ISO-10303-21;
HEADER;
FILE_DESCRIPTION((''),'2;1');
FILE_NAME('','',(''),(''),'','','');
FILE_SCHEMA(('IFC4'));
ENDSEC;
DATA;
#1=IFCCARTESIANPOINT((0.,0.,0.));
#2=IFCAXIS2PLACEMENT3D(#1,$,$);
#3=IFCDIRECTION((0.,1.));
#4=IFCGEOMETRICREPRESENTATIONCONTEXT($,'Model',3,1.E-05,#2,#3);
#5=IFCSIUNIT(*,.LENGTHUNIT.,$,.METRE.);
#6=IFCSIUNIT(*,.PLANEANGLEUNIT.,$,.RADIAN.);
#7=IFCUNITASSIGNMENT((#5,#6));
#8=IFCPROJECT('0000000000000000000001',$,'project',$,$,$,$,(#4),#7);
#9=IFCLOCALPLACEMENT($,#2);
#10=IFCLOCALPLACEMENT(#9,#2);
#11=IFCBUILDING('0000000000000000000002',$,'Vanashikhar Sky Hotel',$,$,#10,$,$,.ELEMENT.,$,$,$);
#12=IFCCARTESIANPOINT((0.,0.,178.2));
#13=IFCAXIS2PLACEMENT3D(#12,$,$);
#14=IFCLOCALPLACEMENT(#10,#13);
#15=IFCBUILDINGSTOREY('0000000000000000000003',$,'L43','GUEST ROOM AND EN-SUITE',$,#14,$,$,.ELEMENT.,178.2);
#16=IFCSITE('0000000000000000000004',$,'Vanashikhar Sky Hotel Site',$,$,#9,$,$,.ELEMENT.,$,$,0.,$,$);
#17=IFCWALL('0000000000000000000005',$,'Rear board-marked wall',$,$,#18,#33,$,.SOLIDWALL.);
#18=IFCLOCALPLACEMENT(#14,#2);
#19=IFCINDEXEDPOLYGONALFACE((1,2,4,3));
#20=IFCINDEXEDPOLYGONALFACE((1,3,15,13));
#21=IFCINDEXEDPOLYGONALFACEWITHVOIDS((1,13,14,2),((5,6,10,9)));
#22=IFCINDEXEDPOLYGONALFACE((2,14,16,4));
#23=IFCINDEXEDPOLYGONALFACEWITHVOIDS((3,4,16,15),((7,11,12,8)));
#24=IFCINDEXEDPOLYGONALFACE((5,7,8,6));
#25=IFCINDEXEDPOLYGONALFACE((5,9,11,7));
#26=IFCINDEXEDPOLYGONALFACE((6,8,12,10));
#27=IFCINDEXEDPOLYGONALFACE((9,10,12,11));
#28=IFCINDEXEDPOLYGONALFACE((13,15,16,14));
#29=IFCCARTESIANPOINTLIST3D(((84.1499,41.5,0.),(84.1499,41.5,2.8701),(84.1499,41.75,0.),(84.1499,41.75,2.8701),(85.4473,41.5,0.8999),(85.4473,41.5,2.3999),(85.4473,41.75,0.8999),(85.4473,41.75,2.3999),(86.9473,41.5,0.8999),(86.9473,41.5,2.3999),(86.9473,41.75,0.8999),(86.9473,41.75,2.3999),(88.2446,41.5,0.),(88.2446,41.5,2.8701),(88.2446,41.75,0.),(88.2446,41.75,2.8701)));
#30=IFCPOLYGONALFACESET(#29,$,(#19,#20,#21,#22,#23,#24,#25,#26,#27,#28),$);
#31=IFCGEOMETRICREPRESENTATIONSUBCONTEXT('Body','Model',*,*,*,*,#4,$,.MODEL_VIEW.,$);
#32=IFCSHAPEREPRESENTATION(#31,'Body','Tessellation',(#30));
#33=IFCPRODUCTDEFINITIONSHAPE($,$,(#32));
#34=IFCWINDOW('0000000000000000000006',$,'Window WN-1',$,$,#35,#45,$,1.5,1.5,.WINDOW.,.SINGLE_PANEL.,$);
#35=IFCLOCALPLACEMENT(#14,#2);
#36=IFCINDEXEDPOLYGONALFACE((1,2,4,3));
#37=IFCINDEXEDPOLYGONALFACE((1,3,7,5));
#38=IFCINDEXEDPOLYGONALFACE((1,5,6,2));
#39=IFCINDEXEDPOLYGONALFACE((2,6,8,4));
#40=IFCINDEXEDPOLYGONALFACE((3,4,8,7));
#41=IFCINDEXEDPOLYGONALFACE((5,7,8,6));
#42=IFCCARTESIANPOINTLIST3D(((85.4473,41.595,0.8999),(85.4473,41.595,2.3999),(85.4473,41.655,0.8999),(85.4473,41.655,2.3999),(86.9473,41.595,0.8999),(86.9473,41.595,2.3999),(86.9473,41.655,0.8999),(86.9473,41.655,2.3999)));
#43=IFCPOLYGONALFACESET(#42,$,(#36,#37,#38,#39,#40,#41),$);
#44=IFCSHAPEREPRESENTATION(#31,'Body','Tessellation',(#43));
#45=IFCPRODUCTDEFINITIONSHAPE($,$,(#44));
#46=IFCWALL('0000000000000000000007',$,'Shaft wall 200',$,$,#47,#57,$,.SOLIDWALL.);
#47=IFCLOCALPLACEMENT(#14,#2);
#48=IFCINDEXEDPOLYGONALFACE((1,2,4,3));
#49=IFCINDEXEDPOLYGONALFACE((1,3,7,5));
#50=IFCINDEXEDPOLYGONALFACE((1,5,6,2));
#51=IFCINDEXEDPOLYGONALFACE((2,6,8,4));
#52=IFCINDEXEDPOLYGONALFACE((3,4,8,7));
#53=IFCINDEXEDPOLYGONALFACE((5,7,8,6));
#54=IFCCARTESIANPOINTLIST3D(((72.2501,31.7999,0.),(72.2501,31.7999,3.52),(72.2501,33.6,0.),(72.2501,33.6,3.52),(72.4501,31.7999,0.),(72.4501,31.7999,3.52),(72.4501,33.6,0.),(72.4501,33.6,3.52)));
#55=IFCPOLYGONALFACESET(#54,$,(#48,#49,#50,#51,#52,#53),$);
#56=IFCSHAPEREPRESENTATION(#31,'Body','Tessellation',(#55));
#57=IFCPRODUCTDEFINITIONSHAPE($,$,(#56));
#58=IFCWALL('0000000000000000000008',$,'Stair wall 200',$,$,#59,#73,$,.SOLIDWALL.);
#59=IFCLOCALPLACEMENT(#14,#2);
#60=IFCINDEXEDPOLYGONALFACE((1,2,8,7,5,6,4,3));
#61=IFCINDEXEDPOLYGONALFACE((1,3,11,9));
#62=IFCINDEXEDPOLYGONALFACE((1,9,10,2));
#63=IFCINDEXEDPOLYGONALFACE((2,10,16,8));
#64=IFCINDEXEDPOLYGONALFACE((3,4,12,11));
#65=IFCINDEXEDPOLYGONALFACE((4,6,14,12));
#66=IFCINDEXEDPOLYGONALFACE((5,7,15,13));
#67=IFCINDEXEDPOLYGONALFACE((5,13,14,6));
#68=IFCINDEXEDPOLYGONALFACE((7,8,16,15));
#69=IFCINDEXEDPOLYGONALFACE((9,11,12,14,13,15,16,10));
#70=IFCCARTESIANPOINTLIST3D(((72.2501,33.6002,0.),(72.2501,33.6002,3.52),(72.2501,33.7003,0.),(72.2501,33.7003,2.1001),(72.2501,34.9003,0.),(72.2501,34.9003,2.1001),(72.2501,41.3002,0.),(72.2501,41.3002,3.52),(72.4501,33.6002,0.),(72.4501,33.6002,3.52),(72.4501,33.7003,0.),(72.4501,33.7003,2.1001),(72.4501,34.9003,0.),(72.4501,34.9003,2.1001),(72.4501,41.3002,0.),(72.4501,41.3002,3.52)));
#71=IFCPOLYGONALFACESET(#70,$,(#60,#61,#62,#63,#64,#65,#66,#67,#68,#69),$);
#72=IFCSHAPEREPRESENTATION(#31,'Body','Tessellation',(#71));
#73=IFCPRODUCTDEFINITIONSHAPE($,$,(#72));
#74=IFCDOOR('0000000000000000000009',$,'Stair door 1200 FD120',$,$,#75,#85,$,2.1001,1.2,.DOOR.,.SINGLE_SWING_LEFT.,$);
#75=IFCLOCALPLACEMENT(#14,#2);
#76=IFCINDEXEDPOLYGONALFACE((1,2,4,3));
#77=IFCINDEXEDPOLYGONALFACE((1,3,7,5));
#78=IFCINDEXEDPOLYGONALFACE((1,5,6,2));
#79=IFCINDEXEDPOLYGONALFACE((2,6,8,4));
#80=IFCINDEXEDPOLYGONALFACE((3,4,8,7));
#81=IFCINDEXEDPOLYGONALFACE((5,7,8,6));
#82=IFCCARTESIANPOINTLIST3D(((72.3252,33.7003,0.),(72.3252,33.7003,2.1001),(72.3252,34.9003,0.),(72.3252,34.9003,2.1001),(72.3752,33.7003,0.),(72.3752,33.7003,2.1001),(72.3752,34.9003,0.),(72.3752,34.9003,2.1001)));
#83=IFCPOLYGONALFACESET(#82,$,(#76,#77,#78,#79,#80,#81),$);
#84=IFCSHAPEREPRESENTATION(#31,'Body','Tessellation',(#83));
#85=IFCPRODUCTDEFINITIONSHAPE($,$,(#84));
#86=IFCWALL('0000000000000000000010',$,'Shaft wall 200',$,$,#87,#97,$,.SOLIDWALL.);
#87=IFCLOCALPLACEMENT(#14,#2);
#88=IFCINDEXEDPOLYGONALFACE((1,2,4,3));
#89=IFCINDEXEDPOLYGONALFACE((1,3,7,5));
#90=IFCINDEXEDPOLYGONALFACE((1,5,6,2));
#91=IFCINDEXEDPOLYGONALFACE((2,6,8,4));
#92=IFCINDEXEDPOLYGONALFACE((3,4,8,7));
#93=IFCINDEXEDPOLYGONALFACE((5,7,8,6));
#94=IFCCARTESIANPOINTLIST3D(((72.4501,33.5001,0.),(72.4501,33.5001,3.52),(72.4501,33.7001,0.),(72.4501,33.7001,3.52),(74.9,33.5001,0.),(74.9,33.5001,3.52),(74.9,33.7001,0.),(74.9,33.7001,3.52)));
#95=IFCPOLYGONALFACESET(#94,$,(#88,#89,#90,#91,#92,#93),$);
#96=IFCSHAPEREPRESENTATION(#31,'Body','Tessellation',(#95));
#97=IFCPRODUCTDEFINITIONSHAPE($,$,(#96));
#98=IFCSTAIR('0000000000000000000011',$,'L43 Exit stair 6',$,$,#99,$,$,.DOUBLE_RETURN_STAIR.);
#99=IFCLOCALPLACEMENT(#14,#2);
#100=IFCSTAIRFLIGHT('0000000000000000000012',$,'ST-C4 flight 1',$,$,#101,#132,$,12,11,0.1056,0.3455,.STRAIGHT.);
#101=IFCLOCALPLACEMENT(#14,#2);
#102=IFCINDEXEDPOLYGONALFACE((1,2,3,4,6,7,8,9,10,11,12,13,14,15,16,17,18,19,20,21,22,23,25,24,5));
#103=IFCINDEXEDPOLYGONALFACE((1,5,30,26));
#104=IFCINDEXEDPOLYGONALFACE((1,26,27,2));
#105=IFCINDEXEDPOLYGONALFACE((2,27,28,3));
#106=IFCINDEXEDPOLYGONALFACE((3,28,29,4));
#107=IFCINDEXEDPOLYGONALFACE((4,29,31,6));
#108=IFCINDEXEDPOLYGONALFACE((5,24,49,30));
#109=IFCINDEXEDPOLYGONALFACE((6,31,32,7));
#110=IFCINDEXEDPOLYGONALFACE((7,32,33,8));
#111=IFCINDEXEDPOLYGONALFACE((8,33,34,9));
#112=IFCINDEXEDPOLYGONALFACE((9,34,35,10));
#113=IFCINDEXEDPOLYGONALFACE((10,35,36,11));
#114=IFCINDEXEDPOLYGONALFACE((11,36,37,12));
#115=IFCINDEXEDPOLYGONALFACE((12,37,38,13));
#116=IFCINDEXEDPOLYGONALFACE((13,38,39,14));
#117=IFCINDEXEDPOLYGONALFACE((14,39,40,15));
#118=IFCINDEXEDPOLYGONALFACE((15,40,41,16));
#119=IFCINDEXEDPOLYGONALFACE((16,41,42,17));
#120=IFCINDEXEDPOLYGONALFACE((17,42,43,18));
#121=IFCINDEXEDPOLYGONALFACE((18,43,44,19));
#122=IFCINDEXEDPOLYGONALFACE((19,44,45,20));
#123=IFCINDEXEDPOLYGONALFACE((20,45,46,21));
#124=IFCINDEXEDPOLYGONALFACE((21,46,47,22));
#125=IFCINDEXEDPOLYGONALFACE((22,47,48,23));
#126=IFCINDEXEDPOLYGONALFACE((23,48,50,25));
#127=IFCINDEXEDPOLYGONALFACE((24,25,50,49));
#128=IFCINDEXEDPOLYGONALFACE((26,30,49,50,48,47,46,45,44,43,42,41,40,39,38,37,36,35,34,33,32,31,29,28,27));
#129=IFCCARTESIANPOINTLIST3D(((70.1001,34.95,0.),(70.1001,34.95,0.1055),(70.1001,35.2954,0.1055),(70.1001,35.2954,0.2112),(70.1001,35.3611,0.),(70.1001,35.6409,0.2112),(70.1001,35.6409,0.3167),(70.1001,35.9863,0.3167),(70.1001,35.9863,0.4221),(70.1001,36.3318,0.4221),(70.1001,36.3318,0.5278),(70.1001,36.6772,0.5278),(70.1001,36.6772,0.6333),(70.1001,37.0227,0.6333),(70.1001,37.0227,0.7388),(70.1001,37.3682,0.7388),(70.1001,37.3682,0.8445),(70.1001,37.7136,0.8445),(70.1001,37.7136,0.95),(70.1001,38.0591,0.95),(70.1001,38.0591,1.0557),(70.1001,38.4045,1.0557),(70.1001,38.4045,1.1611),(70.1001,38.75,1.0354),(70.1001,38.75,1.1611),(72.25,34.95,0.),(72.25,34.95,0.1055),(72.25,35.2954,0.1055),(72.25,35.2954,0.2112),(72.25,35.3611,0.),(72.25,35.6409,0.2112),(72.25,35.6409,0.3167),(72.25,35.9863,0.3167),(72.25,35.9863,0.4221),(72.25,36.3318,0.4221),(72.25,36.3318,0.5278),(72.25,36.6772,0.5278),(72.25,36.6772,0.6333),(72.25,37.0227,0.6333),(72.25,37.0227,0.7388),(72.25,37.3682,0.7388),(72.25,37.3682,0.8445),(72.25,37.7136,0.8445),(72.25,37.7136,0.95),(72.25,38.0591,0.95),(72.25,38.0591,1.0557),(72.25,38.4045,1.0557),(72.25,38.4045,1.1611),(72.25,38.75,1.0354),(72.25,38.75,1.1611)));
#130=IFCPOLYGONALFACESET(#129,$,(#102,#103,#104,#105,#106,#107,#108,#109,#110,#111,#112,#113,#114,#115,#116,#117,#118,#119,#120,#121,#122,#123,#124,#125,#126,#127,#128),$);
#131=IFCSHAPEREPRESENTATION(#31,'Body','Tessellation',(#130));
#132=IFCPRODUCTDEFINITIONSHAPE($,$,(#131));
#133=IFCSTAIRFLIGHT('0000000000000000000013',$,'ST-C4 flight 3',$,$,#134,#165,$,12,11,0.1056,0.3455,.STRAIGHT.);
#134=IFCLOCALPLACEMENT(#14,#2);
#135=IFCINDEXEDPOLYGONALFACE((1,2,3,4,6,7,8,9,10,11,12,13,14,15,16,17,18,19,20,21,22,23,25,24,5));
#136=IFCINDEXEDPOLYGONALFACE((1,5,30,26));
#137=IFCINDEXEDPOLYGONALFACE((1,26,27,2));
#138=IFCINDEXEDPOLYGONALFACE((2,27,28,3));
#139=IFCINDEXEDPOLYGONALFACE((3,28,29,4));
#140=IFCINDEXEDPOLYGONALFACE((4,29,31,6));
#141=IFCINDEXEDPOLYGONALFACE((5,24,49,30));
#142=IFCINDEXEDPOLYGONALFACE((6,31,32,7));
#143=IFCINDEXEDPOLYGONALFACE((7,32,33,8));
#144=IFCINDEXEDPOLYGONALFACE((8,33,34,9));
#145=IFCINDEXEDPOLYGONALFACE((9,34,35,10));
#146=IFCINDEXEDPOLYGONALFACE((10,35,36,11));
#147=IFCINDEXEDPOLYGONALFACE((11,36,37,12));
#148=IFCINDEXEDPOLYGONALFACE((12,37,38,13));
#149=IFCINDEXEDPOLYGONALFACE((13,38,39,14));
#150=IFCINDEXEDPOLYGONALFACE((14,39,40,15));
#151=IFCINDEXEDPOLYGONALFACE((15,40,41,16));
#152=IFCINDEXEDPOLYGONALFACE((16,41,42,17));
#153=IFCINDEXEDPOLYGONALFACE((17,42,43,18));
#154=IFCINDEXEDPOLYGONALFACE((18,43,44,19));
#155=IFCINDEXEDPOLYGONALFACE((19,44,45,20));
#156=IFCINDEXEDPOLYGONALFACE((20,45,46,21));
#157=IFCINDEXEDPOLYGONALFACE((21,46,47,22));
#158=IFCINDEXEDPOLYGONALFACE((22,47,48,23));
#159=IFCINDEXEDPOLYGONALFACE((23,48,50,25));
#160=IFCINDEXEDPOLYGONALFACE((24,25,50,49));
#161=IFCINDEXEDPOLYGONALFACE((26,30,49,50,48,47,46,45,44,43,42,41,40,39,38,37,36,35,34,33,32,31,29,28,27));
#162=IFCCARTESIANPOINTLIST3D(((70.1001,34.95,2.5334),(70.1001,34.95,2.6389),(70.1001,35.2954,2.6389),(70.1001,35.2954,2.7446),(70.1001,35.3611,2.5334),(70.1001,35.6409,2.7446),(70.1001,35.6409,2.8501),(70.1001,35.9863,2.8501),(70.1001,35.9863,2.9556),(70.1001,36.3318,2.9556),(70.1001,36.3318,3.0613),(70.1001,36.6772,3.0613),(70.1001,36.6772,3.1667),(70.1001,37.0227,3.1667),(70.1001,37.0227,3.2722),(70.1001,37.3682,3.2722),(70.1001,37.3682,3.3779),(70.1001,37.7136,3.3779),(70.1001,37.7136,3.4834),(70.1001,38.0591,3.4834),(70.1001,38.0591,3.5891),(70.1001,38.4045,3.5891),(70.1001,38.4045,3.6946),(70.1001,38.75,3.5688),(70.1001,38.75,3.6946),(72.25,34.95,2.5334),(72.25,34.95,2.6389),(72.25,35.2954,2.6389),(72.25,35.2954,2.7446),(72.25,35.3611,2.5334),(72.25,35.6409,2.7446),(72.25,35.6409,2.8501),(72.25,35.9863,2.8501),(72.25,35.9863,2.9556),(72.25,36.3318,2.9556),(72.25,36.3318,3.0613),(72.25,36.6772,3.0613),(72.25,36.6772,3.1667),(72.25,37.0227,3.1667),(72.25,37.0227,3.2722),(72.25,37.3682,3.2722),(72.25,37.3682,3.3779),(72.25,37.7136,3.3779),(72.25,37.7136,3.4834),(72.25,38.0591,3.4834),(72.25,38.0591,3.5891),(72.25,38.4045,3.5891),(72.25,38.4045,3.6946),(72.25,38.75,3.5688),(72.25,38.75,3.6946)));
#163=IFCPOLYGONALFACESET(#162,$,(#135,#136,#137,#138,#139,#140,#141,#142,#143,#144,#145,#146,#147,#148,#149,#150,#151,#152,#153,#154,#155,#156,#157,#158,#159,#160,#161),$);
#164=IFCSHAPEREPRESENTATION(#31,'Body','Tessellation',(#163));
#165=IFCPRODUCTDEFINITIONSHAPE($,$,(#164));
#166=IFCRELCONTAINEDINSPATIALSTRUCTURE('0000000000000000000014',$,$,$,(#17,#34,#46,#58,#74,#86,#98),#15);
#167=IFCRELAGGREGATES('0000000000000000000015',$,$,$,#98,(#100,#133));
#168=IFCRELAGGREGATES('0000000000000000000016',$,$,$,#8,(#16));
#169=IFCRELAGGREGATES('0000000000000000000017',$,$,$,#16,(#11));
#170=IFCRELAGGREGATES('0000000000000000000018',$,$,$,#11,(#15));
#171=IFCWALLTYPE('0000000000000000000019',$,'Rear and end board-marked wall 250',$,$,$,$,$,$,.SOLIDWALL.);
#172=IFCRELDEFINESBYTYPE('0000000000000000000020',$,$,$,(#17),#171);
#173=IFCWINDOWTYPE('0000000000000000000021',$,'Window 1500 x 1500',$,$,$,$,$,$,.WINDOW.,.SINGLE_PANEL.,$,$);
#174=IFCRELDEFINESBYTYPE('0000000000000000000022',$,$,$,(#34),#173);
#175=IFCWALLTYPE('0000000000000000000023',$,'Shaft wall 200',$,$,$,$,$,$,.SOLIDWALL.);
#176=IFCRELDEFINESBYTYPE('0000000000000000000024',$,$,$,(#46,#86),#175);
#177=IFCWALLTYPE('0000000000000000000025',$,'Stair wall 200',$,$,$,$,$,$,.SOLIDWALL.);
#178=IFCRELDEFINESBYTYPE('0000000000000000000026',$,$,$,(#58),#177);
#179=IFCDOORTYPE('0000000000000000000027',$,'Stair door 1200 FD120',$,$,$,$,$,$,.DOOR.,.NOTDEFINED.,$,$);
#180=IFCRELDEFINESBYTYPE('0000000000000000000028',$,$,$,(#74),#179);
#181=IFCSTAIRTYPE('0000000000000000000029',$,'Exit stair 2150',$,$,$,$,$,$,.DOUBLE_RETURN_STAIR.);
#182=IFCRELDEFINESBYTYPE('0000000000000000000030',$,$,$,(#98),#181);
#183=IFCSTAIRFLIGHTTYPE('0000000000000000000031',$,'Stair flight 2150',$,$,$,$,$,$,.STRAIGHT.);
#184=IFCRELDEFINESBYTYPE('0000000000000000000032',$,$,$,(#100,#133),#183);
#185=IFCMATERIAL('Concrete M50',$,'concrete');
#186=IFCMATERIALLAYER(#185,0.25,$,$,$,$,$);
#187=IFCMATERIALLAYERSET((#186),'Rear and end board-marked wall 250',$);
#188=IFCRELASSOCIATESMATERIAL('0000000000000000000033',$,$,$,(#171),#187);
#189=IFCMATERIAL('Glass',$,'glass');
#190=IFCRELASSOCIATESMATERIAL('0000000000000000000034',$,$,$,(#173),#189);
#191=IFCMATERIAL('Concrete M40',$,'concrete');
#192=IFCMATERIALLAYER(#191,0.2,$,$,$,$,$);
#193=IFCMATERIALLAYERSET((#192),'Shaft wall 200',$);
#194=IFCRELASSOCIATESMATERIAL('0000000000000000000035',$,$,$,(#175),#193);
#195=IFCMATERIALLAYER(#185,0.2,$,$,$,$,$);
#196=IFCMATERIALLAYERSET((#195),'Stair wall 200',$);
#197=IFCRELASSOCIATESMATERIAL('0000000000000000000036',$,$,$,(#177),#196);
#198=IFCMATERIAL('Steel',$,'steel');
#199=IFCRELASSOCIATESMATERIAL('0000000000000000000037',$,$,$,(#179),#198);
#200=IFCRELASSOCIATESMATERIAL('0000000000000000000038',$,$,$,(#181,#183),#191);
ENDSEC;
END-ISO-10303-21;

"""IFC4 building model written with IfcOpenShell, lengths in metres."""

from ifc_helpers import new_model, si_unit, direction, frame, frame_2d, origin, place, context, subcontext, project, spatial, polyline, rectangle, outline, extrude, source, transform, mapped, material, layer, layer_set, type_object, element, fill, aggregate, save


model = new_model("IFC4")

# Units and contexts
model_context = context("Model", 3, precision=1e-05, world=origin(), true_north=direction((0.0, 1.0)))
body_context = subcontext(model_context, "Body", "Model", "MODEL_VIEW")
ifc_project = project(units=[si_unit("LENGTHUNIT", "METRE"), si_unit("PLANEANGLEUNIT", "RADIAN")], contexts=[model_context])

# Site, building, storey
site_placement = place(None, origin())
site = spatial("IfcSite", under=ifc_project, at=site_placement, Name="Vanashikhar Sky Hotel Site", CompositionType="ELEMENT", RefElevation=0.0)
building_placement = place(site_placement, origin())
building = spatial("IfcBuilding", under=site, at=building_placement, Name="Vanashikhar Sky Hotel", CompositionType="ELEMENT")
storey_placement = place(building_placement, frame((0.0, 0.0, 178.2)))
storey = spatial("IfcBuildingStorey", under=building, at=storey_placement, Name="L43", Description="GUEST ROOM AND EN-SUITE", CompositionType="ELEMENT", Elevation=178.2)

# Shared definitions
ifc_material_1 = material(Name="Concrete M50", Category="concrete")
ifc_material_2 = material(Name="Glass", Category="glass")

# Shared definitions
ifc_layer_1 = layer(ifc_material_1, 0.25)
ifc_layer_set_1 = layer_set([ifc_layer_1], Name="Rear and end board-marked wall 250")
wall_type_1 = type_object("IfcWallType", Name="Rear and end board-marked wall 250", PredefinedType="SOLIDWALL", material=ifc_layer_set_1)

# Wall, opening, window
shared_shape_1 = source(origin(), body_context, "Body", "SweptSolid", [
    extrude(rectangle(XDim=4.0947, YDim=0.25, at=frame_2d((2.0474, 0.0))), origin(), (0.0, 0.0, 1.0), 2.8701),
])
wall_1_placement = place(storey_placement, frame((88.2446, 41.625, 0.0), z_axis=(0.0, 0.0, 1.0), x_axis=(-1.0, 0.0, 0.0)))
wall_1 = element("IfcWall", 1, at=wall_1_placement, inside=storey, type_object=wall_type_1, Name="Rear board-marked wall", PredefinedType="SOLIDWALL", context=body_context, shape_type="MappedRepresentation", body=[
    mapped(shared_shape_1, transform((0.0, 0.0, 0.0), scale=1.0)),
])
shared_shape_2 = source(origin(), body_context, "Body", "SweptSolid", [
    extrude(rectangle(XDim=1.5, YDim=1.5, at=frame_2d((0.75, 0.75))), frame((0.0, 0.135, 0.0), z_axis=(0.0, -1.0, 0.0), x_axis=(1.0, 0.0, 0.0)), (0.0, 0.0, 1.0), 0.27),
])
opening_1_placement = place(wall_1_placement, frame((1.2974, 0.0, 0.8999)))
opening_1 = element("IfcOpeningElement", 2, at=opening_1_placement, cuts=wall_1, PredefinedType="OPENING", context=body_context, shape_type="MappedRepresentation", body=[
    mapped(shared_shape_2, transform((0.0, 0.0, 0.0), scale=1.0)),
])
window_type_1 = type_object("IfcWindowType", Name="Window 1500 x 1500", PartitioningType="SINGLE_PANEL", PredefinedType="WINDOW", material=ifc_material_2)
shared_shape_3 = source(origin(), body_context, "Body", "SweptSolid", [
    extrude(rectangle(XDim=1.5, YDim=1.5, at=frame_2d((0.75, 0.75))), frame((0.0, 0.03, 0.0), z_axis=(0.0, -1.0, 0.0), x_axis=(1.0, 0.0, 0.0)), (0.0, 0.0, 1.0), 0.0601),
])
window_1_placement = place(opening_1_placement, origin())
window_1 = element("IfcWindow", 3, at=window_1_placement, inside=storey, type_object=window_type_1, Name="Window WN-1", OverallHeight=1.5, OverallWidth=1.5, PartitioningType="SINGLE_PANEL", PredefinedType="WINDOW", context=body_context, shape_type="MappedRepresentation", body=[
    mapped(shared_shape_3, transform((0.0, 0.0, 0.0), scale=1.0)),
])
fill(opening_1, window_1)

# Wall
ifc_material_3 = material(Name="Concrete M40", Category="concrete")
ifc_layer_2 = layer(ifc_material_3, 0.2)
ifc_layer_set_2 = layer_set([ifc_layer_2], Name="Shaft wall 200")
wall_type_2 = type_object("IfcWallType", Name="Shaft wall 200", PredefinedType="SOLIDWALL", material=ifc_layer_set_2)
shared_shape_4 = source(origin(), body_context, "Body", "SweptSolid", [
    extrude(rectangle(XDim=1.8, YDim=0.2, at=frame_2d((0.8999, 0.0))), origin(), (0.0, 0.0, 1.0), 3.52),
])
wall_2_placement = place(storey_placement, frame((72.3501, 31.8, 0.0), z_axis=(0.0, 0.0, 1.0), x_axis=(0.0, 1.0, 0.0)))
element("IfcWall", 4, at=wall_2_placement, inside=storey, type_object=wall_type_2, Name="Shaft wall 200", PredefinedType="SOLIDWALL", context=body_context, shape_type="MappedRepresentation", body=[
    mapped(shared_shape_4, transform((0.0, 0.0, 0.0), scale=1.0)),
])

# Wall, opening, door
ifc_layer_3 = layer(ifc_material_1, 0.2)
ifc_layer_set_3 = layer_set([ifc_layer_3], Name="Stair wall 200")
wall_type_3 = type_object("IfcWallType", Name="Stair wall 200", PredefinedType="SOLIDWALL", material=ifc_layer_set_3)
shared_shape_5 = source(origin(), body_context, "Body", "SweptSolid", [
    extrude(rectangle(XDim=7.7, YDim=0.2, at=frame_2d((3.8501, 0.0))), origin(), (0.0, 0.0, 1.0), 3.52),
])
wall_3_placement = place(storey_placement, frame((72.3501, 33.6001, 0.0), z_axis=(0.0, 0.0, 1.0), x_axis=(0.0, 1.0, 0.0)))
wall_3 = element("IfcWall", 5, at=wall_3_placement, inside=storey, type_object=wall_type_3, Name="Stair wall 200", PredefinedType="SOLIDWALL", context=body_context, shape_type="MappedRepresentation", body=[
    mapped(shared_shape_5, transform((0.0, 0.0, 0.0), scale=1.0)),
])
shared_shape_6 = source(origin(), body_context, "Body", "SweptSolid", [
    extrude(rectangle(XDim=1.2, YDim=2.1001, at=frame_2d((0.6001, 1.05))), frame((0.0, 0.1099, 0.0), z_axis=(0.0, -1.0, 0.0), x_axis=(1.0, 0.0, 0.0)), (0.0, 0.0, 1.0), 0.22),
])
opening_2_placement = place(wall_3_placement, frame((0.1001, 0.0, 0.0)))
opening_2 = element("IfcOpeningElement", 6, at=opening_2_placement, cuts=wall_3, PredefinedType="OPENING", context=body_context, shape_type="MappedRepresentation", body=[
    mapped(shared_shape_6, transform((0.0, 0.0, 0.0), scale=1.0)),
])
ifc_material_4 = material(Name="Steel", Category="steel")
door_type = type_object("IfcDoorType", Name="Stair door 1200 FD120", OperationType="NOTDEFINED", PredefinedType="DOOR", material=ifc_material_4)
shared_shape_7 = source(origin(), body_context, "Body", "SweptSolid", [
    extrude(rectangle(XDim=1.2, YDim=2.1001, at=frame_2d((0.6001, 1.05))), frame((0.0, 0.0249, 0.0), z_axis=(0.0, -1.0, 0.0), x_axis=(1.0, 0.0, 0.0)), (0.0, 0.0, 1.0), 0.05),
])
door_placement = place(opening_2_placement, origin())
door = element("IfcDoor", 7, at=door_placement, inside=storey, type_object=door_type, Name="Stair door 1200 FD120", OperationType="SINGLE_SWING_LEFT", OverallHeight=2.1001, OverallWidth=1.2, PredefinedType="DOOR", context=body_context, shape_type="MappedRepresentation", body=[
    mapped(shared_shape_7, transform((0.0, 0.0, 0.0), scale=1.0)),
])
fill(opening_2, door)

# Wall
shared_shape_8 = source(origin(), body_context, "Body", "SweptSolid", [
    extrude(rectangle(XDim=2.45, YDim=0.2, at=frame_2d((1.2251, 0.0))), origin(), (0.0, 0.0, 1.0), 3.52),
])
wall_4_placement = place(storey_placement, frame((72.45, 33.6001, 0.0), z_axis=(0.0, 0.0, 1.0), x_axis=(1.0, 0.0, 0.0)))
element("IfcWall", 8, at=wall_4_placement, inside=storey, type_object=wall_type_2, Name="Shaft wall 200", PredefinedType="SOLIDWALL", context=body_context, shape_type="MappedRepresentation", body=[
    mapped(shared_shape_8, transform((0.0, 0.0, 0.0), scale=1.0)),
])

# Stair, stair flights
stair_type = type_object("IfcStairType", Name="Exit stair 2150", PredefinedType="DOUBLE_RETURN_STAIR", material=ifc_material_3)
stair_placement = place(storey_placement, origin())
stair = element("IfcStair", 9, at=stair_placement, inside=storey, type_object=stair_type, Name="L43 Exit stair 6", PredefinedType="DOUBLE_RETURN_STAIR")
stair_flight_type = type_object("IfcStairFlightType", Name="Stair flight 2150", PredefinedType="STRAIGHT", material=ifc_material_3)
shared_shape_9 = source(origin(), body_context, "Body", "SweptSolid", [
    extrude(outline(polyline([(0.0, 0.0), (0.0, 0.1055), (0.3455, 0.1055), (0.3455, 0.2112), (0.6909, 0.2112), (0.6909, 0.3167), (1.0364, 0.3167), (1.0364, 0.4221), (1.3818, 0.4221), (1.3818, 0.5278), (1.7273, 0.5278), (1.7273, 0.6333), (2.0728, 0.6333), (2.0728, 0.7388), (2.4182, 0.7388), (2.4182, 0.8445), (2.7637, 0.8445), (2.7637, 0.95), (3.1091, 0.95), (3.1091, 1.0557), (3.4546, 1.0557), (3.4546, 1.1611), (3.8, 1.1611), (3.8, 1.2666), (3.8, 1.0354), (0.4111, 0.0), (0.0, 0.0)])), frame((0.0, 1.075, 0.0), z_axis=(0.0, -1.0, 0.0), x_axis=(1.0, 0.0, 0.0)), (0.0, 0.0, 1.0), 2.1499),
])
stair_flight_1_placement = place(storey_placement, frame((71.175, 34.95, 0.0), z_axis=(0.0, 0.0, 1.0), x_axis=(0.0, 1.0, 0.0)))
stair_flight_1 = element("IfcStairFlight", 10, at=stair_flight_1_placement, type_object=stair_flight_type, Name="ST-C4 flight 1", NumberOfRisers=12, NumberOfTreads=11, PredefinedType="STRAIGHT", RiserHeight=0.1056, TreadLength=0.3455, context=body_context, shape_type="MappedRepresentation", body=[
    mapped(shared_shape_9, transform((0.0, 0.0, 0.0), scale=1.0)),
])
stair_flight_2_placement = place(storey_placement, frame((71.175, 34.95, 2.5334), z_axis=(0.0, 0.0, 1.0), x_axis=(0.0, 1.0, 0.0)))
stair_flight_2 = element("IfcStairFlight", 11, at=stair_flight_2_placement, type_object=stair_flight_type, Name="ST-C4 flight 3", NumberOfRisers=12, NumberOfTreads=11, PredefinedType="STRAIGHT", RiserHeight=0.1056, TreadLength=0.3455, context=body_context, shape_type="MappedRepresentation", body=[
    mapped(shared_shape_9, transform((0.0, 0.0, 0.0), scale=1.0)),
])
aggregate(stair, [stair_flight_1, stair_flight_2])

save(model, "model.ifc")
